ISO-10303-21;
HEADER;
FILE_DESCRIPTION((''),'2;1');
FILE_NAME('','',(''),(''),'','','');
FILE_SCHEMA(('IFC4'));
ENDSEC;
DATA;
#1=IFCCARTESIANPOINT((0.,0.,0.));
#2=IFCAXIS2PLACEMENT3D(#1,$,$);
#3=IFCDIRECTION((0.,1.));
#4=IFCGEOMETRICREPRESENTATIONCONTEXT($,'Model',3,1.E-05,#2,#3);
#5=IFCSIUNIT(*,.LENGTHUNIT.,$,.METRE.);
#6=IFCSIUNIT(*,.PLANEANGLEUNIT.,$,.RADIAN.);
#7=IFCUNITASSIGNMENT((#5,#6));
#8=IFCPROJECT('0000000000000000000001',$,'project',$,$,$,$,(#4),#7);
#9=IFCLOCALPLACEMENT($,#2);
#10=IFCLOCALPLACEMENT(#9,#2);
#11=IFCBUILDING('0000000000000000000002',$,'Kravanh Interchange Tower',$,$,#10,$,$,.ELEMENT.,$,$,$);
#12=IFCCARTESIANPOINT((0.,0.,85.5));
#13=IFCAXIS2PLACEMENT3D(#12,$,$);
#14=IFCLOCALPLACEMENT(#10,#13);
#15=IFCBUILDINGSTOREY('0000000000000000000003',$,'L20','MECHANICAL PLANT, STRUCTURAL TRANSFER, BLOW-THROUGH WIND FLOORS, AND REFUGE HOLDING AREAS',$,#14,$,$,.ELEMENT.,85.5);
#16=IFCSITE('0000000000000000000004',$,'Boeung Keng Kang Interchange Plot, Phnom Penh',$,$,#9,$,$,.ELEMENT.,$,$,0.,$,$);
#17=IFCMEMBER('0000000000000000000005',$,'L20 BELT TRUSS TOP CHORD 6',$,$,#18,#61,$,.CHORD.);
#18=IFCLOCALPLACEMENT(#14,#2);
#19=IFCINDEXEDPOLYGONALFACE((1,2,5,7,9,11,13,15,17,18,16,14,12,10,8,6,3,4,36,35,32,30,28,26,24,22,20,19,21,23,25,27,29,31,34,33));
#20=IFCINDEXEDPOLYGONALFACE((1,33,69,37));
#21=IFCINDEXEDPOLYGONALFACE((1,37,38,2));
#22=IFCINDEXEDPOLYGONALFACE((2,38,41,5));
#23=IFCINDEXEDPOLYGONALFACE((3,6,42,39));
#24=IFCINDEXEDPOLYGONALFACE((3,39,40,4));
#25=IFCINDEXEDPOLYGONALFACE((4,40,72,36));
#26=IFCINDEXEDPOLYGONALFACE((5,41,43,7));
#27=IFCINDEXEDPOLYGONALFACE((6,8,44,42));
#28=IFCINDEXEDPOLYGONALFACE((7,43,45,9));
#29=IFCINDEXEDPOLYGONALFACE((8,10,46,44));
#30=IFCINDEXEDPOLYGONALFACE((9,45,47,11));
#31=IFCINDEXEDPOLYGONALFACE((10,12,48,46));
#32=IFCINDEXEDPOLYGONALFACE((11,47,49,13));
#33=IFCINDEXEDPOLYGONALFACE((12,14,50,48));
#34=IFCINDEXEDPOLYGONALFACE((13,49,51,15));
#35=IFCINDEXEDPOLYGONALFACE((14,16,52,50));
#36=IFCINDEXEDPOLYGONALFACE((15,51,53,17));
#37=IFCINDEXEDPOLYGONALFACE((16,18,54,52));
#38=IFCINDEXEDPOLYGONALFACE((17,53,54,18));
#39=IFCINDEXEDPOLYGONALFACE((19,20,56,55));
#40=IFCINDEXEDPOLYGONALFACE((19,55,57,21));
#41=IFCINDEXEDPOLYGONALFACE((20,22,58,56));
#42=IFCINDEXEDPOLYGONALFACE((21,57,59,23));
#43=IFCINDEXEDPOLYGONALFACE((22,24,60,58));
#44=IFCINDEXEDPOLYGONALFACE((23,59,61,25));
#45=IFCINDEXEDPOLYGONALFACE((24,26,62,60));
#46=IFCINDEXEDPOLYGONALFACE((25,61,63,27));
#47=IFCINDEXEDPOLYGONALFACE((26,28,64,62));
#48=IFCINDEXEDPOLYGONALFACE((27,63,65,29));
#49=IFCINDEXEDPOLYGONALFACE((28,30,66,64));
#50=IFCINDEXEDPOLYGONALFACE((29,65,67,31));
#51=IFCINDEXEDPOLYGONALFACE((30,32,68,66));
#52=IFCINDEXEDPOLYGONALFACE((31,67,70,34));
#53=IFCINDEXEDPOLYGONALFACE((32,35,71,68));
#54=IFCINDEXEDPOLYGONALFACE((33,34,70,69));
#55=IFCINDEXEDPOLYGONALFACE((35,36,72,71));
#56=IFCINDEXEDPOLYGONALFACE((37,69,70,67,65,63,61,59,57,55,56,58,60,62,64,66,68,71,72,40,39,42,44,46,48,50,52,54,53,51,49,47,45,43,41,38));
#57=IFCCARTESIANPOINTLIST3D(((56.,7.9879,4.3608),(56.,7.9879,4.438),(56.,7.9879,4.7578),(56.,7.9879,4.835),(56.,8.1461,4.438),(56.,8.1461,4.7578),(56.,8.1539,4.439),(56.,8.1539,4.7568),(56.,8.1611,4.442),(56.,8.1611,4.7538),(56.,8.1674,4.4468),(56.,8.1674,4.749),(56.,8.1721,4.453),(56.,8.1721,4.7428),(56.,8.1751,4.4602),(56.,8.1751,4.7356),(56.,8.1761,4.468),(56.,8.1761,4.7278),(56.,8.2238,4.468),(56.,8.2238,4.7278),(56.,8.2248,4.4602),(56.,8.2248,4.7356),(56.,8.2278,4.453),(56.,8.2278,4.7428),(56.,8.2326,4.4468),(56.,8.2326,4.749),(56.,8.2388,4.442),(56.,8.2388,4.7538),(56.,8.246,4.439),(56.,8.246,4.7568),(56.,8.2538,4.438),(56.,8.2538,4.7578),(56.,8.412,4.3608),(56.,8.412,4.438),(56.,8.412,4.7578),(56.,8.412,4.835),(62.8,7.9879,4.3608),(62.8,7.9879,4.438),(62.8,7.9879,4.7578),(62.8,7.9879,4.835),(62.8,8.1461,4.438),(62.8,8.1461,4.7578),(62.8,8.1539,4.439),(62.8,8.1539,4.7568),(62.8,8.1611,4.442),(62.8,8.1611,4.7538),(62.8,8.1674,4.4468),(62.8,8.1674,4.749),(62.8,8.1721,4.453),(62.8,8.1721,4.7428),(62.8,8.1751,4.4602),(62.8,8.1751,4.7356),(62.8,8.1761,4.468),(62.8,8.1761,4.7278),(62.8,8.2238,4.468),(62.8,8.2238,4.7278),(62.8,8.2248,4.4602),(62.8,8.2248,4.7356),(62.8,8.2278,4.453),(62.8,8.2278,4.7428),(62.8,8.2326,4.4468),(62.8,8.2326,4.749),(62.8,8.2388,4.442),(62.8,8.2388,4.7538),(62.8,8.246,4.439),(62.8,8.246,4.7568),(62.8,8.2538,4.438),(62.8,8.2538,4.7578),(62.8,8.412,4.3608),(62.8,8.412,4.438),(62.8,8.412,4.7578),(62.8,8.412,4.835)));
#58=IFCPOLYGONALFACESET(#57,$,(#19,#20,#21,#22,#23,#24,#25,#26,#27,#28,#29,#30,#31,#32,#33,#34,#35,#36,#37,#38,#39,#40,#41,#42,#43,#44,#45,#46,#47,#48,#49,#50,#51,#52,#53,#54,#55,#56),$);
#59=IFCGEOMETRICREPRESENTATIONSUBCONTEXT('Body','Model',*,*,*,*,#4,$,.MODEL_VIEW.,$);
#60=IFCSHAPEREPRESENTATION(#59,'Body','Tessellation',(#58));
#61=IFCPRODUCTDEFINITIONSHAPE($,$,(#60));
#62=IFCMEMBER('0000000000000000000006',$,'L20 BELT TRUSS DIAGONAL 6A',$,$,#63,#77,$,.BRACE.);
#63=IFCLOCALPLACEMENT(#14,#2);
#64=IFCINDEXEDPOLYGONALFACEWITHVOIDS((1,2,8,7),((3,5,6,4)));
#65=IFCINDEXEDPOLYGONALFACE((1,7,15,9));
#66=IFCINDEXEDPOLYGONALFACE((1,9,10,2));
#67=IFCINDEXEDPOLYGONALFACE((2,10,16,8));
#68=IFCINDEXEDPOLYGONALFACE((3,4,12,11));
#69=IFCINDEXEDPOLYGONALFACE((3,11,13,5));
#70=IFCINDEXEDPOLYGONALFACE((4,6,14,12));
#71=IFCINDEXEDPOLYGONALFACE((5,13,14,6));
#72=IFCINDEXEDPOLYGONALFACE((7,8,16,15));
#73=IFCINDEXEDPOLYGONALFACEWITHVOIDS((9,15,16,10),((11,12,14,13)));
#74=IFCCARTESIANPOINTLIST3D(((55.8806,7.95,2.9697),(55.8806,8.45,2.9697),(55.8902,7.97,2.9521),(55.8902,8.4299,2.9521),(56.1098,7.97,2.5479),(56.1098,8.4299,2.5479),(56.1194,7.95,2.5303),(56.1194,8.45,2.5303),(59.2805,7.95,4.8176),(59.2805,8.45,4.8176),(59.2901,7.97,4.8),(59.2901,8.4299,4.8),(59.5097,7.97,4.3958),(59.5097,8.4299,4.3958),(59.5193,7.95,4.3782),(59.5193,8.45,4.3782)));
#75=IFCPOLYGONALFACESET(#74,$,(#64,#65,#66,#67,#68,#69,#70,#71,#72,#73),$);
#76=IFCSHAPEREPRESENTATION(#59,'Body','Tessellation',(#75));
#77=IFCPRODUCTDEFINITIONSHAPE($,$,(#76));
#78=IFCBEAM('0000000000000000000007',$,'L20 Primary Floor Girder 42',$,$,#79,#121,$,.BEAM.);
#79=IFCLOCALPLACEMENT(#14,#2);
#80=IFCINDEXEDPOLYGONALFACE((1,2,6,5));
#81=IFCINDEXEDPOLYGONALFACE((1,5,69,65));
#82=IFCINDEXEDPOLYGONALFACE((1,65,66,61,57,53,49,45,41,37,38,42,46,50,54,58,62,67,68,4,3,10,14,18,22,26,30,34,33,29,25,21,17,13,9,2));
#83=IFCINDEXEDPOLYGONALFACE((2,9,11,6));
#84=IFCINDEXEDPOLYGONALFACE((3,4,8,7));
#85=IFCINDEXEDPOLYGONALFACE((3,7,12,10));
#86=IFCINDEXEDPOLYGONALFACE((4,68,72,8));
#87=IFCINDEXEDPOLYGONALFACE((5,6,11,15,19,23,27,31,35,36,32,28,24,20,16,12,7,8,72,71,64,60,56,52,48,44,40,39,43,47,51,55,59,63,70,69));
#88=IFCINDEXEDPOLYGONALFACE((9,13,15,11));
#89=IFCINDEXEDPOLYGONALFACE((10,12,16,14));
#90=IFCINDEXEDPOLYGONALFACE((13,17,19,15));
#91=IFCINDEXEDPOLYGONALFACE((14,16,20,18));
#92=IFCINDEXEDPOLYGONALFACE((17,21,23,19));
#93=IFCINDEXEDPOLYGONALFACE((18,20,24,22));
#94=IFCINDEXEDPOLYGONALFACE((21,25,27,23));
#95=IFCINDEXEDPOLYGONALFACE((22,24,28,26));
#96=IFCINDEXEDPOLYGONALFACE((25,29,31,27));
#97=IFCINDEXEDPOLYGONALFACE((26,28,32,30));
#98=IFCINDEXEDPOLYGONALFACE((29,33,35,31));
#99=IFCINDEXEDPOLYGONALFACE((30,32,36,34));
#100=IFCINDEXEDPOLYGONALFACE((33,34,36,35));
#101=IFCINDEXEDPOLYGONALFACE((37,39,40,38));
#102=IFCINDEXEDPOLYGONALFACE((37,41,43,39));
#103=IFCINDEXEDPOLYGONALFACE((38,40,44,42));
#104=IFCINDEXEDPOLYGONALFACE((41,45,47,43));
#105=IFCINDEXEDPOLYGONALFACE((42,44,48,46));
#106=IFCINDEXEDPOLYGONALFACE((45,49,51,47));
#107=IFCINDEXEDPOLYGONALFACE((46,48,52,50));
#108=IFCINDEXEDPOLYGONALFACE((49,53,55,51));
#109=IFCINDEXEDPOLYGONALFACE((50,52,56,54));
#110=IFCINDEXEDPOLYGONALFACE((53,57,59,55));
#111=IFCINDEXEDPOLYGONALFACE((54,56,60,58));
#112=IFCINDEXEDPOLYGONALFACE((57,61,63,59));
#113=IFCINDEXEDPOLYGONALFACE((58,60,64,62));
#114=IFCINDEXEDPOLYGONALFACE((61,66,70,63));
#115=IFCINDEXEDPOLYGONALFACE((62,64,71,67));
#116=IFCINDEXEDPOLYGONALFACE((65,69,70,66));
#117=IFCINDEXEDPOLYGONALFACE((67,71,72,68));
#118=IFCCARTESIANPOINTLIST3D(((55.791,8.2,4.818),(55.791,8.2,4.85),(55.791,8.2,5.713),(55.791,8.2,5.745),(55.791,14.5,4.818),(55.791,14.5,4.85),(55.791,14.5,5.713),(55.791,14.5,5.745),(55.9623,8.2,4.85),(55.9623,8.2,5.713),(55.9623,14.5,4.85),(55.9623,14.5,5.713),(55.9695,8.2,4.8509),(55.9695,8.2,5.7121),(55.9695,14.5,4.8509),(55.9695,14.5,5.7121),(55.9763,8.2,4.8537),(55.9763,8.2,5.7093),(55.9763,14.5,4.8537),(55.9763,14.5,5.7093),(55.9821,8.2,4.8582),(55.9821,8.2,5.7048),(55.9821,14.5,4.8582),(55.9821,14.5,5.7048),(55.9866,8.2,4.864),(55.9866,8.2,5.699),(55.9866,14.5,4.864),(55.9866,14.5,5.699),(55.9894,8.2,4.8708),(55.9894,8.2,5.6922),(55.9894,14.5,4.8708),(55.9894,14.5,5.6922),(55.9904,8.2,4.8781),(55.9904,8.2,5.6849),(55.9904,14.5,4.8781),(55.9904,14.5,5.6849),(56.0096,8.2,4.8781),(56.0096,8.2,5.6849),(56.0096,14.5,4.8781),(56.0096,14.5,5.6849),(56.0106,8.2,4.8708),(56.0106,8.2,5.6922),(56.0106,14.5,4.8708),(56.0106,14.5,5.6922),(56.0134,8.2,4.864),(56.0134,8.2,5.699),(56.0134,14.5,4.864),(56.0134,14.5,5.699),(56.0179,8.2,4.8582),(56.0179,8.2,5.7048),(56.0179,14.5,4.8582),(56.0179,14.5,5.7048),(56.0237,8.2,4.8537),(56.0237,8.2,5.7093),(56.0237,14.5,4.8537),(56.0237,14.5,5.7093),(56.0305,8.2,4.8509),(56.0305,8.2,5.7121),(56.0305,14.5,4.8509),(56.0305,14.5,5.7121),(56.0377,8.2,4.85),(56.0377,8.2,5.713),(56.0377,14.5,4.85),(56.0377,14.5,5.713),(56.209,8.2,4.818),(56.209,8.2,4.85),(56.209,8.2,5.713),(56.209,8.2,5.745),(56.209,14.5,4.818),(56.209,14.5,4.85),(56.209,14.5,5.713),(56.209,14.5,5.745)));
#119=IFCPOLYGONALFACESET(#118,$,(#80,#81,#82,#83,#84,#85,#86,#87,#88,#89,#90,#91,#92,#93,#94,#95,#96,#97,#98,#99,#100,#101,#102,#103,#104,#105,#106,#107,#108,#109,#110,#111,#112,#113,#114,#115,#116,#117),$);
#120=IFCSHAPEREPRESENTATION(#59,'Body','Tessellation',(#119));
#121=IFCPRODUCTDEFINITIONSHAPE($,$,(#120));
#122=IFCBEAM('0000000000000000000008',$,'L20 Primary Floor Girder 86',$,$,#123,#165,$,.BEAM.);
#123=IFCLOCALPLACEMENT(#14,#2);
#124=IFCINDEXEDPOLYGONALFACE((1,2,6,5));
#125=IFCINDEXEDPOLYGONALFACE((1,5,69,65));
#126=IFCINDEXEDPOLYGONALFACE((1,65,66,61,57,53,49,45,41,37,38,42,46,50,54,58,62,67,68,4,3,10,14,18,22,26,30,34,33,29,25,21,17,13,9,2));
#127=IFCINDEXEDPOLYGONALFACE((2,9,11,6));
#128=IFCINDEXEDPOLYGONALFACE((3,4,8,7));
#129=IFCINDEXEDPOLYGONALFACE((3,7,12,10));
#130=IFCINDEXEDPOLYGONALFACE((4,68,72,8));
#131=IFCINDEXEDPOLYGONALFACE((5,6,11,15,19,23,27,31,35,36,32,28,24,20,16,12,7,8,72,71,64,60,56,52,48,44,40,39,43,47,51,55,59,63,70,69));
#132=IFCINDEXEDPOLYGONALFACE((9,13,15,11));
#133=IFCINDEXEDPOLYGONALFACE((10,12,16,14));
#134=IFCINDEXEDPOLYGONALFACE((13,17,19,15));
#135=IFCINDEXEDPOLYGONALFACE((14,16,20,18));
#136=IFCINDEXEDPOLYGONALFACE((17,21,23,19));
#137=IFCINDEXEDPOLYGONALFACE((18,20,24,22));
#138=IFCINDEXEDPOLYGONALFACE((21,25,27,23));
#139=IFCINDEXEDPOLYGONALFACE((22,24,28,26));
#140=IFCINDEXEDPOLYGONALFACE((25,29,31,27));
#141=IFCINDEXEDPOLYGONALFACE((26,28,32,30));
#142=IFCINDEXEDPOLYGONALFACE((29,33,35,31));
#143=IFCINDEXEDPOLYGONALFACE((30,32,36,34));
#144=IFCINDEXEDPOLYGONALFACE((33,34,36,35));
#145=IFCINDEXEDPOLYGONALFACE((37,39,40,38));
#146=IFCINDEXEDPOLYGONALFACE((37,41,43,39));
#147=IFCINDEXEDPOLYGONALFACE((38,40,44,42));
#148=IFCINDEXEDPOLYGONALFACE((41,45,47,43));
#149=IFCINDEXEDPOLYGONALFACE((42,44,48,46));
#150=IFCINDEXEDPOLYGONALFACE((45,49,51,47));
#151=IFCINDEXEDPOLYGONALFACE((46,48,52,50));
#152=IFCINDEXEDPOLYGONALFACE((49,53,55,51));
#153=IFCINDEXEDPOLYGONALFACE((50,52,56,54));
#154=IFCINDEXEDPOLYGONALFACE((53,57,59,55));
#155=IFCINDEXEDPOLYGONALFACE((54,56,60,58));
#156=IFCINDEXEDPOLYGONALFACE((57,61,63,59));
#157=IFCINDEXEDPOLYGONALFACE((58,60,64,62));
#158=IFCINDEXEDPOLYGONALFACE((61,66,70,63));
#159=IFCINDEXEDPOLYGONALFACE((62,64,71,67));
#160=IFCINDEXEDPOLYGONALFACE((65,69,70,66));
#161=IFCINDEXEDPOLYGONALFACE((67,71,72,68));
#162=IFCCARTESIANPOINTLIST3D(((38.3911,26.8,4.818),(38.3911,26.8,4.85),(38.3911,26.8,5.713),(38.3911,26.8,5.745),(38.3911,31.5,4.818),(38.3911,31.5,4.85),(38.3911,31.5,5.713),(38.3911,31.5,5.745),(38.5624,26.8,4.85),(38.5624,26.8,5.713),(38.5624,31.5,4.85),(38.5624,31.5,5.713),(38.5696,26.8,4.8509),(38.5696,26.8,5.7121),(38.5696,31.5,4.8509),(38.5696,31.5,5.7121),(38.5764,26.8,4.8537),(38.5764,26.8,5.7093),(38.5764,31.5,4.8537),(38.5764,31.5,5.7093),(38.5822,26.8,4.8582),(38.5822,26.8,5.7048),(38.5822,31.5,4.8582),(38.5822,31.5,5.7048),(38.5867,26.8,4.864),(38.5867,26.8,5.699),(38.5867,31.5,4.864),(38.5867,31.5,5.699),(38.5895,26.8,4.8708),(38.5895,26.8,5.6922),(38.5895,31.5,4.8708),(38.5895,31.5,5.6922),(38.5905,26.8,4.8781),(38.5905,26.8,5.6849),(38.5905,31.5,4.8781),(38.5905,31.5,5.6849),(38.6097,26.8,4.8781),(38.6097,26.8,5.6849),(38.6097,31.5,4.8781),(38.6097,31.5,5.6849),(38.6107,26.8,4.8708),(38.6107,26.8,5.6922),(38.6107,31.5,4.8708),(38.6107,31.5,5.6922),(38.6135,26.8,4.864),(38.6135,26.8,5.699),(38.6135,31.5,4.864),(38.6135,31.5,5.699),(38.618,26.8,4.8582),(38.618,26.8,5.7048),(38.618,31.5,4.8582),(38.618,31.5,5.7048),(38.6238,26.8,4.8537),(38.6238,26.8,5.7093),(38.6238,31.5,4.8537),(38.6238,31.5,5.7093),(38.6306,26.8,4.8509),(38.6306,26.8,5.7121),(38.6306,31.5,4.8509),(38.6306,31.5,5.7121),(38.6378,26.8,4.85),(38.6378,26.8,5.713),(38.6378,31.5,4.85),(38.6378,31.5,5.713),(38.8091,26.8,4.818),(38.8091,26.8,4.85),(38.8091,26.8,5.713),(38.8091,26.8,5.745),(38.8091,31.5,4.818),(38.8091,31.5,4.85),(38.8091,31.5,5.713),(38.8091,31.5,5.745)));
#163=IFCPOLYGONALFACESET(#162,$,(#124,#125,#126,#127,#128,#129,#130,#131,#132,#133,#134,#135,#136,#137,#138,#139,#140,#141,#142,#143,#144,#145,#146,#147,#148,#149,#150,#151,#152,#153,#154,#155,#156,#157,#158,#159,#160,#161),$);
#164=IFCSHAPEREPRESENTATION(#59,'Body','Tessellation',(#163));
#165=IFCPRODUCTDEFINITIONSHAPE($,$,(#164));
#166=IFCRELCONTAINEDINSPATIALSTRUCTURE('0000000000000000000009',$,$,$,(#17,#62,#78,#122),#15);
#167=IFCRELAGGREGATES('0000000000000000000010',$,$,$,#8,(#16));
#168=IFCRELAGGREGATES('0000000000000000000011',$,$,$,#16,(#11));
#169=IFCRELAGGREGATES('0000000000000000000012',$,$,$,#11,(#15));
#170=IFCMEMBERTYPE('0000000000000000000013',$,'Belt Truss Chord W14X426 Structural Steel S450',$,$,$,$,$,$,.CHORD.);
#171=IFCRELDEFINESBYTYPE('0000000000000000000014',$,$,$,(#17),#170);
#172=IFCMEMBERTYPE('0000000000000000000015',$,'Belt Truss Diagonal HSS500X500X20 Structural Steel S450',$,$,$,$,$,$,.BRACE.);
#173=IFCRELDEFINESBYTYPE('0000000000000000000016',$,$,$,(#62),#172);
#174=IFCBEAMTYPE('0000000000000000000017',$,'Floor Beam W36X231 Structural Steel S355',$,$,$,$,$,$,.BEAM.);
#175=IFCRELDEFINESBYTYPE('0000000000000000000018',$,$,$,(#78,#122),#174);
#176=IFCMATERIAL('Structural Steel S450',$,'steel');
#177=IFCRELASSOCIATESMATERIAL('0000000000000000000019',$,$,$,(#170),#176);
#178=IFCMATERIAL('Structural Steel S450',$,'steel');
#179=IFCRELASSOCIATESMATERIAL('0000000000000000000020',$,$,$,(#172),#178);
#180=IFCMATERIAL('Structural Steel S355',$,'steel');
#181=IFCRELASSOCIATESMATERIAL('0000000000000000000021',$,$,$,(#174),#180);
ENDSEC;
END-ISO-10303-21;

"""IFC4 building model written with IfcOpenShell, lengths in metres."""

from ifc_helpers import new_model, si_unit, direction, frame, origin, origin_2d, place, context, subcontext, project, spatial, hollow_rectangle, i_section, extrude, material, material_profile, profile_set, type_object, element, save


model = new_model("IFC4")

# Units and contexts
model_context = context("Model", 3, precision=1e-05, world=origin(), true_north=direction((0.0, 1.0)))
body_context = subcontext(model_context, "Body", "Model", "MODEL_VIEW")
ifc_project = project(units=[si_unit("LENGTHUNIT", "METRE"), si_unit("PLANEANGLEUNIT", "RADIAN")], contexts=[model_context])

# Site, building, storey
site_placement = place(None, origin())
site = spatial("IfcSite", under=ifc_project, at=site_placement, Name="Boeung Keng Kang Interchange Plot, Phnom Penh", CompositionType="ELEMENT", RefElevation=0.0)
building_placement = place(site_placement, origin())
building = spatial("IfcBuilding", under=site, at=building_placement, Name="Kravanh Interchange Tower", CompositionType="ELEMENT")
storey_placement = place(building_placement, frame((0.0, 0.0, 85.5)))
storey = spatial("IfcBuildingStorey", under=building, at=storey_placement, Name="L20", Description="MECHANICAL PLANT, STRUCTURAL TRANSFER, BLOW-THROUGH WIND FLOORS, AND REFUGE HOLDING AREAS", CompositionType="ELEMENT", Elevation=85.5)

# Members
ifc_material_1 = material(Name="Structural Steel S450", Category="steel")
ifc_material_profile_1 = material_profile(ifc_material_1, i_section(OverallWidth=0.4241, OverallDepth=0.4741, WebThickness=0.0476, FlangeThickness=0.0771, FilletRadius=0.03, at=origin_2d()), Name="W14X426")
ifc_profile_set_1 = profile_set([ifc_material_profile_1], Name="Structural Steel S450")
member_type_1 = type_object("IfcMemberType", Name="Belt Truss Chord W14X426 Structural Steel S450", PredefinedType="CHORD", material=ifc_profile_set_1)
for number, where, z_axis, x_axis, name in (
    (1, (56.0, 8.2, 4.5979), (1.0, 0.0, 0.0), (0.0, 1.0, 0.0), "L20 BELT TRUSS TOP CHORD 6"),
):
    element("IfcMember", number, at=place(storey_placement, frame(where, z_axis=z_axis, x_axis=x_axis)), inside=storey, type_object=member_type_1, Name=name, PredefinedType="CHORD", context=body_context, shape_type="SweptSolid", body=[
        extrude(i_section(OverallWidth=0.4241, OverallDepth=0.4741, WebThickness=0.0476, FlangeThickness=0.0771, FilletRadius=0.03, at=origin_2d()), origin(), (0.0, 0.0, 1.0), 6.8),
    ])
ifc_material_2 = material(Name="Structural Steel S450", Category="steel")
ifc_material_profile_2 = material_profile(ifc_material_2, hollow_rectangle(XDim=0.5, YDim=0.5, WallThickness=0.02, at=origin_2d()), Name="HSS500X500X20")
ifc_profile_set_2 = profile_set([ifc_material_profile_2], Name="Structural Steel S450")
member_type_2 = type_object("IfcMemberType", Name="Belt Truss Diagonal HSS500X500X20 Structural Steel S450", PredefinedType="BRACE", material=ifc_profile_set_2)
member_1_placement = place(storey_placement, frame((56.0, 8.2, 2.75), z_axis=(0.878611, 0.0, 0.477539), x_axis=(0.0, 1.0, 0.0)))
element("IfcMember", 2, at=member_1_placement, inside=storey, type_object=member_type_2, Name="L20 BELT TRUSS DIAGONAL 6A", PredefinedType="BRACE", context=body_context, shape_type="SweptSolid", body=[
    extrude(hollow_rectangle(XDim=0.5, YDim=0.5, WallThickness=0.02, at=origin_2d()), origin(), (0.0, 0.0, 1.0), 3.8696),
])

# Beams
ifc_material_3 = material(Name="Structural Steel S355", Category="steel")
ifc_material_profile_3 = material_profile(ifc_material_3, i_section(OverallWidth=0.418, OverallDepth=0.927, WebThickness=0.0193, FlangeThickness=0.032, FilletRadius=0.0281, at=origin_2d()), Name="W36X231")
ifc_profile_set_3 = profile_set([ifc_material_profile_3], Name="Structural Steel S355")
beam_type_1 = type_object("IfcBeamType", Name="Floor Beam W36X231 Structural Steel S355", PredefinedType="BEAM", material=ifc_profile_set_3)
beam_1_placement = place(storey_placement, frame((56.0, 14.5, 5.2815), z_axis=(0.0, -1.0, 0.0), x_axis=(1.0, 0.0, 0.0)))
element("IfcBeam", 3, at=beam_1_placement, inside=storey, type_object=beam_type_1, Name="L20 Primary Floor Girder 42", PredefinedType="BEAM", context=body_context, shape_type="SweptSolid", body=[
    extrude(i_section(OverallWidth=0.418, OverallDepth=0.927, WebThickness=0.0193, FlangeThickness=0.032, FilletRadius=0.0281, at=origin_2d()), origin(), (0.0, 0.0, 1.0), 6.3),
])
beam_2_placement = place(storey_placement, frame((38.6001, 26.8, 5.2815), z_axis=(0.0, 1.0, 0.0), x_axis=(-1.0, 0.0, 0.0)))
element("IfcBeam", 4, at=beam_2_placement, inside=storey, type_object=beam_type_1, Name="L20 Primary Floor Girder 86", PredefinedType="BEAM", context=body_context, shape_type="SweptSolid", body=[
    extrude(i_section(OverallWidth=0.418, OverallDepth=0.927, WebThickness=0.0193, FlangeThickness=0.032, FilletRadius=0.0281, at=origin_2d()), origin(), (0.0, 0.0, 1.0), 4.7),
])

save(model, "model.ifc")
